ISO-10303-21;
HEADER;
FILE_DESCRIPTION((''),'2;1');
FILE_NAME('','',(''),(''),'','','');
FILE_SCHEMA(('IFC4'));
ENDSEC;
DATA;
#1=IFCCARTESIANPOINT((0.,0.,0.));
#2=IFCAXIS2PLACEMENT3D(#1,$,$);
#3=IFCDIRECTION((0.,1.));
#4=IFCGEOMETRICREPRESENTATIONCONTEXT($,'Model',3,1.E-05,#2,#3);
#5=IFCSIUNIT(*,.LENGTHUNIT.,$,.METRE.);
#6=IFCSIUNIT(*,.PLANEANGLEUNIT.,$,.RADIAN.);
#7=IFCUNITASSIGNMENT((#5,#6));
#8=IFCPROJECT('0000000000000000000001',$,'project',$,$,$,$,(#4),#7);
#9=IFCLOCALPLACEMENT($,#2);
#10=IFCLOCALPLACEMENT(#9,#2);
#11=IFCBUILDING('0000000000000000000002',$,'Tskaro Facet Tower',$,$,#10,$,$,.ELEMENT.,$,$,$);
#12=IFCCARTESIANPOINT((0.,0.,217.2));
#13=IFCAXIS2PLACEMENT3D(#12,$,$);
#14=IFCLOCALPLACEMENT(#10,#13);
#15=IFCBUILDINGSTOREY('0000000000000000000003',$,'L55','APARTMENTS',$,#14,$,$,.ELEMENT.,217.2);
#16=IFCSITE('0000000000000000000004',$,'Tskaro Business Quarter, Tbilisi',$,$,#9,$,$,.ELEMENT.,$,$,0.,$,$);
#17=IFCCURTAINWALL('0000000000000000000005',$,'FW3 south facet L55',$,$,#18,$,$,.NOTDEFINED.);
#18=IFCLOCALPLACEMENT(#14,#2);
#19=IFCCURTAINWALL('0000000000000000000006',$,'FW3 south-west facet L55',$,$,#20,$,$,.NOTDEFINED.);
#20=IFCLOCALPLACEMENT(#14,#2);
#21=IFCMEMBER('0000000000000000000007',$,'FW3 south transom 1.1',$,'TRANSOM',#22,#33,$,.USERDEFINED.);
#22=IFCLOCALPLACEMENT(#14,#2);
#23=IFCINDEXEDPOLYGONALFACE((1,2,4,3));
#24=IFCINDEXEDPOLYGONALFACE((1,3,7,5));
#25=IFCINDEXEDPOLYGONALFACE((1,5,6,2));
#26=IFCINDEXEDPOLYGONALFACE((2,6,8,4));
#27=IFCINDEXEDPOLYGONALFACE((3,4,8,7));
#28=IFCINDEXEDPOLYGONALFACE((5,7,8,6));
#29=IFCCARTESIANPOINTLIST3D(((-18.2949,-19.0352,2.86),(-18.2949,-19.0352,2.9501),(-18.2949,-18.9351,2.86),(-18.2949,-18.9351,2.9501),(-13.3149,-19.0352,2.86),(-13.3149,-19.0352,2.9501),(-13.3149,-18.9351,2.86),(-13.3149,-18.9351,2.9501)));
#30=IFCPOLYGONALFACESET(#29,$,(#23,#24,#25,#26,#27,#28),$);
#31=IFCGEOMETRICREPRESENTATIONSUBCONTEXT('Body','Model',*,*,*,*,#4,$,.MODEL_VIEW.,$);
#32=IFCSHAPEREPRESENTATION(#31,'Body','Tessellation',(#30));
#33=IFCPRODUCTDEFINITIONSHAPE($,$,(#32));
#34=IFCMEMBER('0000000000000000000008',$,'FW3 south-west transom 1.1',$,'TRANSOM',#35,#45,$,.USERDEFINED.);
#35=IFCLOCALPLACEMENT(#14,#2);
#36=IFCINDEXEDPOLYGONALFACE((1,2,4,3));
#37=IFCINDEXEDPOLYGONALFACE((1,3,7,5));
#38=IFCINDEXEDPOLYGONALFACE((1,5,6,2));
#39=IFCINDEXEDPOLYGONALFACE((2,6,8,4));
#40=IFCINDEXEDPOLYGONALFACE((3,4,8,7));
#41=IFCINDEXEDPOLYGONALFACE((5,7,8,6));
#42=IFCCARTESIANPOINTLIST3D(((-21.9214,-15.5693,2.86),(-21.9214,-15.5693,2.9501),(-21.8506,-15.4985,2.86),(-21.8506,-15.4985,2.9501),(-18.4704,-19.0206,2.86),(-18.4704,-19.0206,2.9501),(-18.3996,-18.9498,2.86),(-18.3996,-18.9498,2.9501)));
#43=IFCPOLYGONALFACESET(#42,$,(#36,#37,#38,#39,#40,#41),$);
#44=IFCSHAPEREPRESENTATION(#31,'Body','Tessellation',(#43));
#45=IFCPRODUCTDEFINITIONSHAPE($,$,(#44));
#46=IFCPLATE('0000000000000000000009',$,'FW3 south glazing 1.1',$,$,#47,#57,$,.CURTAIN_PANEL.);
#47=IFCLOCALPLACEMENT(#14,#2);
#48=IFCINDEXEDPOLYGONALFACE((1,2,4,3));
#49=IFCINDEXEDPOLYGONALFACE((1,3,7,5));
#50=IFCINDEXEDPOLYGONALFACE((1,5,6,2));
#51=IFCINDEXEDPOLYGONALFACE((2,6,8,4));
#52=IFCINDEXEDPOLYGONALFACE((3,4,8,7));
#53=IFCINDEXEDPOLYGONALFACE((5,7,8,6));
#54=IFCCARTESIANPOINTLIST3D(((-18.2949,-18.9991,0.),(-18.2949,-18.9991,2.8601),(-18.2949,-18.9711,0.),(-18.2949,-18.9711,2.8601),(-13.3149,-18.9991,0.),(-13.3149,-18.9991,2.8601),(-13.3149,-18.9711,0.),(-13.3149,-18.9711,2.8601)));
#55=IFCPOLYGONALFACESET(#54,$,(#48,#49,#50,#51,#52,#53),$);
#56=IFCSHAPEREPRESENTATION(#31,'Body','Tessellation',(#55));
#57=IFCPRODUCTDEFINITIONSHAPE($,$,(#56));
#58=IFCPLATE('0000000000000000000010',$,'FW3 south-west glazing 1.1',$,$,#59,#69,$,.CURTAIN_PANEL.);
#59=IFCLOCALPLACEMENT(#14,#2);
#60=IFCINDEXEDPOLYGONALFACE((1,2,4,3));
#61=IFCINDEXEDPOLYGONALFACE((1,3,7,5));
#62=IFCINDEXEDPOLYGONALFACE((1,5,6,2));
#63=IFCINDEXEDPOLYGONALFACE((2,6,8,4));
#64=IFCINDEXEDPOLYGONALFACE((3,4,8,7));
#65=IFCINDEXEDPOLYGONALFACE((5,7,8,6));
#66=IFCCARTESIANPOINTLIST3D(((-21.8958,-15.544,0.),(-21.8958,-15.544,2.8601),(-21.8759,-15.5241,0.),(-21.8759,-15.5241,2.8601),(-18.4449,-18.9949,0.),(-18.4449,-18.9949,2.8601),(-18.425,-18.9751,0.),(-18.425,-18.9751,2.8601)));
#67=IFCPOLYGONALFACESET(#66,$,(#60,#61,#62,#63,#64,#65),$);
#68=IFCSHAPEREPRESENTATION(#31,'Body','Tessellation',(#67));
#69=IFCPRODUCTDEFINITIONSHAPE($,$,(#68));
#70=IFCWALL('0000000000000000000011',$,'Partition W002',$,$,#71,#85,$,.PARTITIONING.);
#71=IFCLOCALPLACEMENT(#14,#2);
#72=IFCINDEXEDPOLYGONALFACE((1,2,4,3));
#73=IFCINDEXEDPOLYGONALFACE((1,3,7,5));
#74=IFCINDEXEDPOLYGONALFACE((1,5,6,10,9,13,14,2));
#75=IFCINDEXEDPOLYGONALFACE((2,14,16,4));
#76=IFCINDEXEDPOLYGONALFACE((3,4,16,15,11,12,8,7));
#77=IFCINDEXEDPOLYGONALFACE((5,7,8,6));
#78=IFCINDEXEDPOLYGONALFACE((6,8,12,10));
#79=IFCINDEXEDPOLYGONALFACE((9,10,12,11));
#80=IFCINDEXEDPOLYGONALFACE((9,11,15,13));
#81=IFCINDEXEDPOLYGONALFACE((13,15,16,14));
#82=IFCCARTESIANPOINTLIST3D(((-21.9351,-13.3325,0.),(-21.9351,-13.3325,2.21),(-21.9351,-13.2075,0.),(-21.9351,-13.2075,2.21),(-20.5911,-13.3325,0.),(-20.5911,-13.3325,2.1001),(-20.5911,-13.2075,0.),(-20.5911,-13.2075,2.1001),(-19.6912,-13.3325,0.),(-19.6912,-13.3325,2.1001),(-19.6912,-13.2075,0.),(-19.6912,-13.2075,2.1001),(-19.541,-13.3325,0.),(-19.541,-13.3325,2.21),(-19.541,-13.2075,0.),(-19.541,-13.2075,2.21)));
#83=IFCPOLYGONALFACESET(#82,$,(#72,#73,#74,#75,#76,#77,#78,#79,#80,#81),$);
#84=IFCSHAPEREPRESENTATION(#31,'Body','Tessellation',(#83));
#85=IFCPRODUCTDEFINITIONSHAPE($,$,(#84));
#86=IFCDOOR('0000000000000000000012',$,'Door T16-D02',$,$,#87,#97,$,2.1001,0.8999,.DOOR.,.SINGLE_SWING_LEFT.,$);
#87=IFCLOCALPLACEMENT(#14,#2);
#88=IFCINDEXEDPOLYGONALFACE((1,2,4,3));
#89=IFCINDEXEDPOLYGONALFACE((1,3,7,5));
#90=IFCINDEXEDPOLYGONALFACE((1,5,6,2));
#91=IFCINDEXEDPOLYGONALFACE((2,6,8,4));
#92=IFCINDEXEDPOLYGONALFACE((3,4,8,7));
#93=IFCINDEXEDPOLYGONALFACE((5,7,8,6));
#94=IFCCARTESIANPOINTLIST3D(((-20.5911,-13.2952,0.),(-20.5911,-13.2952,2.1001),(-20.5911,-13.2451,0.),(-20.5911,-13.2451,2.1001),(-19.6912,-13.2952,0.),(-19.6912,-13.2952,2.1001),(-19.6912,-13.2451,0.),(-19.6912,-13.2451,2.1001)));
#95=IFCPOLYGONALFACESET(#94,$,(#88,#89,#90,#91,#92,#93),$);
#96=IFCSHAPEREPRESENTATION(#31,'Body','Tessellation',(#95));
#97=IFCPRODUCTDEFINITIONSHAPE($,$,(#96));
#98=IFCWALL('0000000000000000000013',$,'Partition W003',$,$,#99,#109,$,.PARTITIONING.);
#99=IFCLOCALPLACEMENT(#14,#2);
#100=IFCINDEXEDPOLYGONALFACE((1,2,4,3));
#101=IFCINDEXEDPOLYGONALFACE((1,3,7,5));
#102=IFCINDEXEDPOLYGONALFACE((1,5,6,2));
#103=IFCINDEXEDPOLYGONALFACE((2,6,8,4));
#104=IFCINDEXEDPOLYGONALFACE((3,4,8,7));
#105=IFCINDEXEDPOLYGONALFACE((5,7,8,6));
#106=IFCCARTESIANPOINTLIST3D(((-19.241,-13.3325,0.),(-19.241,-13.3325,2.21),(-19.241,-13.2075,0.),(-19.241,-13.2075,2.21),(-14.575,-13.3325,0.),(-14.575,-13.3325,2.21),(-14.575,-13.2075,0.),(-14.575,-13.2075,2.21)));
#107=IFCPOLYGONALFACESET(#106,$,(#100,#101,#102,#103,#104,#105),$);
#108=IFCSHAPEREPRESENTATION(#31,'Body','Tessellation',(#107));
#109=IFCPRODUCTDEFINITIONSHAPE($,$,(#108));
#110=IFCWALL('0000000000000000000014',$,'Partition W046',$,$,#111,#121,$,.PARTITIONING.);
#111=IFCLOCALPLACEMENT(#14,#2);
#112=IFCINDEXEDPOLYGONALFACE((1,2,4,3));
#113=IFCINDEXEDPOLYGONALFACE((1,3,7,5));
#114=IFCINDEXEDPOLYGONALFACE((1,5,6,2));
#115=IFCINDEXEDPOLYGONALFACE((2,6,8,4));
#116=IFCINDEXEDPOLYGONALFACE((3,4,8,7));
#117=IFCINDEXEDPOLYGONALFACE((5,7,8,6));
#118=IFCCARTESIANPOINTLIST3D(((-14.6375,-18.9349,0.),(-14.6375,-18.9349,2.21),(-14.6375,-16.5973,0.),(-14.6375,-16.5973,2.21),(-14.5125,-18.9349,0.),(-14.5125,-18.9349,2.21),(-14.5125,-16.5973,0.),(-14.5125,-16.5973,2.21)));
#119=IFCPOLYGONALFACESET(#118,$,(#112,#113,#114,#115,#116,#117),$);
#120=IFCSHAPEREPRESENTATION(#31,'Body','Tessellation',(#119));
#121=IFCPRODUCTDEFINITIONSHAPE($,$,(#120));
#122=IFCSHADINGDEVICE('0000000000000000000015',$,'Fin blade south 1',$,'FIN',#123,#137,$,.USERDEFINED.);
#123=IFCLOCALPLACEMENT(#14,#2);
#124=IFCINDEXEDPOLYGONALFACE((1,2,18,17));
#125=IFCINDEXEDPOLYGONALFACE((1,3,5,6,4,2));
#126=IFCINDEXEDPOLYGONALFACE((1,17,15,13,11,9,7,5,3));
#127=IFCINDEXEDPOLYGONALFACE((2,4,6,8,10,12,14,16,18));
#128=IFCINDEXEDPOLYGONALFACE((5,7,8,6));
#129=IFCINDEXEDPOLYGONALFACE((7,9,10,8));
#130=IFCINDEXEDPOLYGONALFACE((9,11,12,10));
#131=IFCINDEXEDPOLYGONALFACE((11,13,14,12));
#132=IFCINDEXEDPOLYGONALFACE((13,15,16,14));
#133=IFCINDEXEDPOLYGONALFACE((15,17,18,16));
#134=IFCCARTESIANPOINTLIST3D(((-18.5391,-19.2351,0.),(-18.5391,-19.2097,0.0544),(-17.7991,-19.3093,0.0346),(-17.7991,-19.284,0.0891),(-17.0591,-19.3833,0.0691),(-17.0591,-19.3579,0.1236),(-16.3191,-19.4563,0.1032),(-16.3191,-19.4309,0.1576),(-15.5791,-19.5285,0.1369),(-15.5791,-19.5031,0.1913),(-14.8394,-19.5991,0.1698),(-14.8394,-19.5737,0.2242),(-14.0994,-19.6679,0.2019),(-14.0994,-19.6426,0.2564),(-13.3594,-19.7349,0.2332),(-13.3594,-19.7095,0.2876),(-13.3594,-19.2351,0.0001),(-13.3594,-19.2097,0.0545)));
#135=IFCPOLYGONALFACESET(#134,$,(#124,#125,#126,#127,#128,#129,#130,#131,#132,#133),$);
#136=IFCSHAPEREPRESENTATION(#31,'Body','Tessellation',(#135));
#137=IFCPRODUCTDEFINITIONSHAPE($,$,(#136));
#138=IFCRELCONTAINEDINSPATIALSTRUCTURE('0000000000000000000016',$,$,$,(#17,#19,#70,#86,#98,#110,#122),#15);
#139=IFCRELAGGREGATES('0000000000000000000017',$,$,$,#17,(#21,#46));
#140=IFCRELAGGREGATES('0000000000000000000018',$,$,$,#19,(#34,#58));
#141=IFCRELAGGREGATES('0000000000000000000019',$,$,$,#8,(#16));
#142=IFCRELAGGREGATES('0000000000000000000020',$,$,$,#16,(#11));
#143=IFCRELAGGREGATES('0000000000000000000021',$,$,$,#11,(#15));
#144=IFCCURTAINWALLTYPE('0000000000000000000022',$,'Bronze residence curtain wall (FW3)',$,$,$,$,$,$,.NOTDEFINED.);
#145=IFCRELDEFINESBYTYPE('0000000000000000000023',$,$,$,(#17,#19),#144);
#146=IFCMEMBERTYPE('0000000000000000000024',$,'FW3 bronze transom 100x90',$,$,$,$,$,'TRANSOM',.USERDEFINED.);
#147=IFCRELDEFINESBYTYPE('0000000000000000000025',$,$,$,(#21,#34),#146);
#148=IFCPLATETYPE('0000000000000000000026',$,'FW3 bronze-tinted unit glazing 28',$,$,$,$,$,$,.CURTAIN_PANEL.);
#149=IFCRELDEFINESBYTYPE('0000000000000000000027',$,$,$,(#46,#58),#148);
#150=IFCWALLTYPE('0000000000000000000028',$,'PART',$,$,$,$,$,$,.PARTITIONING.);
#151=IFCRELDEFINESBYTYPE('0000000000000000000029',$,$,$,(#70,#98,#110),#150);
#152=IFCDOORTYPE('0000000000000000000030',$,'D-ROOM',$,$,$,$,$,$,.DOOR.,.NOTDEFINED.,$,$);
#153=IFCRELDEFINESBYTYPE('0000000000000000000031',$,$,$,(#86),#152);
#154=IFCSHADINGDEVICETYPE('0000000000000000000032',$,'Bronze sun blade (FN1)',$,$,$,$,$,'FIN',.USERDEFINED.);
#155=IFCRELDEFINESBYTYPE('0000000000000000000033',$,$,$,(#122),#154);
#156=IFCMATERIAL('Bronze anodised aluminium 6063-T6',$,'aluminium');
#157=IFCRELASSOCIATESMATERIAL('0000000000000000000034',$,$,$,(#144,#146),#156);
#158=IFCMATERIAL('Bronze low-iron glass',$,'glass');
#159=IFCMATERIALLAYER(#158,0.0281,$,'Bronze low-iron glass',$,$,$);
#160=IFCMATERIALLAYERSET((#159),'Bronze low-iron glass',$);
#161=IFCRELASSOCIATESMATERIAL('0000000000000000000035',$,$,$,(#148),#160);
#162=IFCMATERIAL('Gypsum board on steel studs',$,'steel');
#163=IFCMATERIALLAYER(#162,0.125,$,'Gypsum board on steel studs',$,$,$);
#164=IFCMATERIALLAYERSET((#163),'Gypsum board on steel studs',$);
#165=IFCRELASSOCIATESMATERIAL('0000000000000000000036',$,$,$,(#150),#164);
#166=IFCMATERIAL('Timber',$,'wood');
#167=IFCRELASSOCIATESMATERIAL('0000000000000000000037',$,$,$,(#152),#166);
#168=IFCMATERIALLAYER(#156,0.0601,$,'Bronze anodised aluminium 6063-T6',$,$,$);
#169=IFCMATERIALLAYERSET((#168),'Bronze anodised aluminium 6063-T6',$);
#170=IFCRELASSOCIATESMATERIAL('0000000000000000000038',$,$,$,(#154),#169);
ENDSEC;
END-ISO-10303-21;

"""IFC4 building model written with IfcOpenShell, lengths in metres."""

from ifc_helpers import new_model, si_unit, direction, frame, frame_2d, origin, origin_2d, place, context, subcontext, project, spatial, polyline, rectangle, outline, extrude, material, layer, layer_set, material_profile, profile_set, type_object, element, fill, aggregate, save


model = new_model("IFC4")

# Units and contexts
model_context = context("Model", 3, precision=1e-05, world=origin(), true_north=direction((0.0, 1.0)))
body_context = subcontext(model_context, "Body", "Model", "MODEL_VIEW")
ifc_project = project(units=[si_unit("LENGTHUNIT", "METRE"), si_unit("PLANEANGLEUNIT", "RADIAN")], contexts=[model_context])

# Site, building, storey
site_placement = place(None, origin())
site = spatial("IfcSite", under=ifc_project, at=site_placement, Name="Tskaro Business Quarter, Tbilisi", CompositionType="ELEMENT", RefElevation=0.0)
building_placement = place(site_placement, origin())
building = spatial("IfcBuilding", under=site, at=building_placement, Name="Tskaro Facet Tower", CompositionType="ELEMENT")
storey_placement = place(building_placement, frame((0.0, 0.0, 217.2)))
storey = spatial("IfcBuildingStorey", under=building, at=storey_placement, Name="L55", Description="APARTMENTS", CompositionType="ELEMENT", Elevation=217.2)

# Curtain walls
ifc_material_1 = material(Name="Bronze anodised aluminium 6063-T6", Category="aluminium")
curtain_wall_type = type_object("IfcCurtainWallType", Name="Bronze residence curtain wall (FW3)", PredefinedType="NOTDEFINED", material=ifc_material_1)
curtain_wall_1_placement = place(storey_placement, origin())
curtain_wall_1 = element("IfcCurtainWall", 1, at=curtain_wall_1_placement, inside=storey, type_object=curtain_wall_type, Name="FW3 south facet L55", PredefinedType="NOTDEFINED")
curtain_wall_2_placement = place(storey_placement, origin())
curtain_wall_2 = element("IfcCurtainWall", 2, at=curtain_wall_2_placement, inside=storey, type_object=curtain_wall_type, Name="FW3 south-west facet L55", PredefinedType="NOTDEFINED")

# Members
ifc_material_profile_1 = material_profile(ifc_material_1, rectangle(XDim=0.1001, YDim=0.0901, at=origin_2d()), Name="Transom 100x90")
ifc_profile_set_1 = profile_set([ifc_material_profile_1], Name="Bronze anodised aluminium 6063-T6")
member_type_1 = type_object("IfcMemberType", Name="FW3 bronze transom 100x90", ElementType="TRANSOM", PredefinedType="USERDEFINED", material=ifc_profile_set_1)
member_1_placement = place(storey_placement, frame((-18.2949, -18.9851, 2.905), z_axis=(1.0, 0.0, 0.0), x_axis=(0.0, 1.0, 0.0)))
member_1 = element("IfcMember", 3, at=member_1_placement, type_object=member_type_1, Name="FW3 south transom 1.1", ObjectType="TRANSOM", PredefinedType="USERDEFINED", context=body_context, shape_type="SweptSolid", body=[
    extrude(rectangle(XDim=0.1001, YDim=0.0901, at=origin_2d()), origin(), (0.0, 0.0, 1.0), 4.98),
])
member_2_placement = place(storey_placement, frame((-21.886, -15.5339, 2.905), z_axis=(0.707082, -0.707132, 0.0), x_axis=(0.707132, 0.707082, 0.0)))
member_2 = element("IfcMember", 4, at=member_2_placement, type_object=member_type_1, Name="FW3 south-west transom 1.1", ObjectType="TRANSOM", PredefinedType="USERDEFINED", context=body_context, shape_type="SweptSolid", body=[
    extrude(rectangle(XDim=0.1001, YDim=0.0901, at=origin_2d()), origin(), (0.0, 0.0, 1.0), 4.8806),
])

# Plates
ifc_material_2 = material(Name="Bronze low-iron glass", Category="glass")
ifc_layer_1 = layer(ifc_material_2, 0.0281, Name="Bronze low-iron glass")
ifc_layer_set_1 = layer_set([ifc_layer_1], Name="Bronze low-iron glass")
plate_type = type_object("IfcPlateType", Name="FW3 bronze-tinted unit glazing 28", PredefinedType="CURTAIN_PANEL", material=ifc_layer_set_1)
plate_1_placement = place(storey_placement, frame((-15.8049, -18.9851, 0.0), z_axis=(0.0, 0.0, 1.0), x_axis=(1.0, 0.0, 0.0)))
plate_1 = element("IfcPlate", 5, at=plate_1_placement, type_object=plate_type, Name="FW3 south glazing 1.1", PredefinedType="CURTAIN_PANEL", context=body_context, shape_type="SweptSolid", body=[
    extrude(rectangle(XDim=4.98, YDim=0.0281, at=origin_2d()), origin(), (0.0, 0.0, 1.0), 2.8601),
])
aggregate(curtain_wall_1, [member_1, plate_1])
plate_2_placement = place(storey_placement, frame((-20.1604, -17.2595, 0.0), z_axis=(0.0, 0.0, 1.0), x_axis=(0.707107, -0.707107, 0.0)))
plate_2 = element("IfcPlate", 6, at=plate_2_placement, type_object=plate_type, Name="FW3 south-west glazing 1.1", PredefinedType="CURTAIN_PANEL", context=body_context, shape_type="SweptSolid", body=[
    extrude(rectangle(XDim=4.8804, YDim=0.0281, at=origin_2d()), origin(), (0.0, 0.0, 1.0), 2.8601),
])
aggregate(curtain_wall_2, [member_2, plate_2])

# Wall, opening, door
ifc_material_3 = material(Name="Gypsum board on steel studs", Category="steel")
ifc_layer_2 = layer(ifc_material_3, 0.125, Name="Gypsum board on steel studs")
ifc_layer_set_2 = layer_set([ifc_layer_2], Name="Gypsum board on steel studs")
wall_type = type_object("IfcWallType", Name="PART", PredefinedType="PARTITIONING", material=ifc_layer_set_2)
wall_1_placement = place(storey_placement, frame((-21.9351, -13.27, 0.0), z_axis=(0.0, 0.0, 1.0), x_axis=(1.0, 0.0, 0.0)))
wall_1 = element("IfcWall", 7, at=wall_1_placement, inside=storey, type_object=wall_type, Name="Partition W002", PredefinedType="PARTITIONING", context=body_context, shape_type="SweptSolid", body=[
    extrude(rectangle(XDim=2.394, YDim=0.125, at=frame_2d((1.197, 0.0))), origin(), (0.0, 0.0, 1.0), 2.21),
])
opening_placement = place(wall_1_placement, frame((1.344, 0.0, 0.0)))
opening = element("IfcOpeningElement", 8, at=opening_placement, cuts=wall_1, PredefinedType="OPENING", context=body_context, shape_type="SweptSolid", body=[
    extrude(rectangle(XDim=0.8999, YDim=2.1001, at=frame_2d((0.45, 1.05))), frame((0.0, 0.0725, 0.0), z_axis=(0.0, -1.0, 0.0), x_axis=(1.0, 0.0, 0.0)), (0.0, 0.0, 1.0), 0.145),
])
ifc_material_4 = material(Name="Timber", Category="wood")
door_type = type_object("IfcDoorType", Name="D-ROOM", OperationType="NOTDEFINED", PredefinedType="DOOR", material=ifc_material_4)
door_placement = place(opening_placement, origin())
door = element("IfcDoor", 9, at=door_placement, inside=storey, type_object=door_type, Name="Door T16-D02", OperationType="SINGLE_SWING_LEFT", OverallHeight=2.1001, OverallWidth=0.8999, PredefinedType="DOOR", context=body_context, shape_type="SweptSolid", body=[
    extrude(rectangle(XDim=0.8999, YDim=2.1001, at=frame_2d((0.45, 1.05))), frame((0.0, 0.0249, 0.0), z_axis=(0.0, -1.0, 0.0), x_axis=(1.0, 0.0, 0.0)), (0.0, 0.0, 1.0), 0.05),
])
fill(opening, door)

# Walls
wall_2_placement = place(storey_placement, frame((-19.241, -13.27, 0.0), z_axis=(0.0, 0.0, 1.0), x_axis=(1.0, 0.0, 0.0)))
element("IfcWall", 10, at=wall_2_placement, inside=storey, type_object=wall_type, Name="Partition W003", PredefinedType="PARTITIONING", context=body_context, shape_type="SweptSolid", body=[
    extrude(rectangle(XDim=4.666, YDim=0.125, at=frame_2d((2.333, 0.0))), origin(), (0.0, 0.0, 1.0), 2.21),
])
wall_3_placement = place(storey_placement, frame((-14.575, -18.9351, 0.0), z_axis=(0.0, 0.0, 1.0), x_axis=(0.0, 1.0, 0.0)))
element("IfcWall", 11, at=wall_3_placement, inside=storey, type_object=wall_type, Name="Partition W046", PredefinedType="PARTITIONING", context=body_context, shape_type="SweptSolid", body=[
    extrude(rectangle(XDim=2.3376, YDim=0.125, at=frame_2d((1.1689, 0.0))), origin(), (0.0, 0.0, 1.0), 2.21),
])

# Shading device
ifc_layer_3 = layer(ifc_material_1, 0.0601, Name="Bronze anodised aluminium 6063-T6")
ifc_layer_set_3 = layer_set([ifc_layer_3], Name="Bronze anodised aluminium 6063-T6")
shading_device_type = type_object("IfcShadingDeviceType", Name="Bronze sun blade (FN1)", ElementType="FIN", PredefinedType="USERDEFINED", material=ifc_layer_set_3)
shading_device_placement = place(storey_placement, frame((-18.5391, -19.2097, 0.0544), z_axis=(-0.000015, 0.422661, 0.906288), x_axis=(1.0, 0.000006, 0.000013)))
element("IfcShadingDevice", 12, at=shading_device_placement, inside=storey, type_object=shading_device_type, Name="Fin blade south 1", ObjectType="FIN", PredefinedType="USERDEFINED", context=body_context, shape_type="SweptSolid", body=[
    extrude(outline(polyline([(0.0, 0.0), (5.1797, 0.0), (5.1797, -0.5515), (4.4397, -0.4776), (3.6997, -0.4016), (2.96, -0.3237), (2.22, -0.2441), (1.48, -0.1635), (0.74, -0.0819), (0.0, 0.0)])), origin(), (0.0, 0.0, -1.0), 0.0601),
])

save(model, "model.ifc")
